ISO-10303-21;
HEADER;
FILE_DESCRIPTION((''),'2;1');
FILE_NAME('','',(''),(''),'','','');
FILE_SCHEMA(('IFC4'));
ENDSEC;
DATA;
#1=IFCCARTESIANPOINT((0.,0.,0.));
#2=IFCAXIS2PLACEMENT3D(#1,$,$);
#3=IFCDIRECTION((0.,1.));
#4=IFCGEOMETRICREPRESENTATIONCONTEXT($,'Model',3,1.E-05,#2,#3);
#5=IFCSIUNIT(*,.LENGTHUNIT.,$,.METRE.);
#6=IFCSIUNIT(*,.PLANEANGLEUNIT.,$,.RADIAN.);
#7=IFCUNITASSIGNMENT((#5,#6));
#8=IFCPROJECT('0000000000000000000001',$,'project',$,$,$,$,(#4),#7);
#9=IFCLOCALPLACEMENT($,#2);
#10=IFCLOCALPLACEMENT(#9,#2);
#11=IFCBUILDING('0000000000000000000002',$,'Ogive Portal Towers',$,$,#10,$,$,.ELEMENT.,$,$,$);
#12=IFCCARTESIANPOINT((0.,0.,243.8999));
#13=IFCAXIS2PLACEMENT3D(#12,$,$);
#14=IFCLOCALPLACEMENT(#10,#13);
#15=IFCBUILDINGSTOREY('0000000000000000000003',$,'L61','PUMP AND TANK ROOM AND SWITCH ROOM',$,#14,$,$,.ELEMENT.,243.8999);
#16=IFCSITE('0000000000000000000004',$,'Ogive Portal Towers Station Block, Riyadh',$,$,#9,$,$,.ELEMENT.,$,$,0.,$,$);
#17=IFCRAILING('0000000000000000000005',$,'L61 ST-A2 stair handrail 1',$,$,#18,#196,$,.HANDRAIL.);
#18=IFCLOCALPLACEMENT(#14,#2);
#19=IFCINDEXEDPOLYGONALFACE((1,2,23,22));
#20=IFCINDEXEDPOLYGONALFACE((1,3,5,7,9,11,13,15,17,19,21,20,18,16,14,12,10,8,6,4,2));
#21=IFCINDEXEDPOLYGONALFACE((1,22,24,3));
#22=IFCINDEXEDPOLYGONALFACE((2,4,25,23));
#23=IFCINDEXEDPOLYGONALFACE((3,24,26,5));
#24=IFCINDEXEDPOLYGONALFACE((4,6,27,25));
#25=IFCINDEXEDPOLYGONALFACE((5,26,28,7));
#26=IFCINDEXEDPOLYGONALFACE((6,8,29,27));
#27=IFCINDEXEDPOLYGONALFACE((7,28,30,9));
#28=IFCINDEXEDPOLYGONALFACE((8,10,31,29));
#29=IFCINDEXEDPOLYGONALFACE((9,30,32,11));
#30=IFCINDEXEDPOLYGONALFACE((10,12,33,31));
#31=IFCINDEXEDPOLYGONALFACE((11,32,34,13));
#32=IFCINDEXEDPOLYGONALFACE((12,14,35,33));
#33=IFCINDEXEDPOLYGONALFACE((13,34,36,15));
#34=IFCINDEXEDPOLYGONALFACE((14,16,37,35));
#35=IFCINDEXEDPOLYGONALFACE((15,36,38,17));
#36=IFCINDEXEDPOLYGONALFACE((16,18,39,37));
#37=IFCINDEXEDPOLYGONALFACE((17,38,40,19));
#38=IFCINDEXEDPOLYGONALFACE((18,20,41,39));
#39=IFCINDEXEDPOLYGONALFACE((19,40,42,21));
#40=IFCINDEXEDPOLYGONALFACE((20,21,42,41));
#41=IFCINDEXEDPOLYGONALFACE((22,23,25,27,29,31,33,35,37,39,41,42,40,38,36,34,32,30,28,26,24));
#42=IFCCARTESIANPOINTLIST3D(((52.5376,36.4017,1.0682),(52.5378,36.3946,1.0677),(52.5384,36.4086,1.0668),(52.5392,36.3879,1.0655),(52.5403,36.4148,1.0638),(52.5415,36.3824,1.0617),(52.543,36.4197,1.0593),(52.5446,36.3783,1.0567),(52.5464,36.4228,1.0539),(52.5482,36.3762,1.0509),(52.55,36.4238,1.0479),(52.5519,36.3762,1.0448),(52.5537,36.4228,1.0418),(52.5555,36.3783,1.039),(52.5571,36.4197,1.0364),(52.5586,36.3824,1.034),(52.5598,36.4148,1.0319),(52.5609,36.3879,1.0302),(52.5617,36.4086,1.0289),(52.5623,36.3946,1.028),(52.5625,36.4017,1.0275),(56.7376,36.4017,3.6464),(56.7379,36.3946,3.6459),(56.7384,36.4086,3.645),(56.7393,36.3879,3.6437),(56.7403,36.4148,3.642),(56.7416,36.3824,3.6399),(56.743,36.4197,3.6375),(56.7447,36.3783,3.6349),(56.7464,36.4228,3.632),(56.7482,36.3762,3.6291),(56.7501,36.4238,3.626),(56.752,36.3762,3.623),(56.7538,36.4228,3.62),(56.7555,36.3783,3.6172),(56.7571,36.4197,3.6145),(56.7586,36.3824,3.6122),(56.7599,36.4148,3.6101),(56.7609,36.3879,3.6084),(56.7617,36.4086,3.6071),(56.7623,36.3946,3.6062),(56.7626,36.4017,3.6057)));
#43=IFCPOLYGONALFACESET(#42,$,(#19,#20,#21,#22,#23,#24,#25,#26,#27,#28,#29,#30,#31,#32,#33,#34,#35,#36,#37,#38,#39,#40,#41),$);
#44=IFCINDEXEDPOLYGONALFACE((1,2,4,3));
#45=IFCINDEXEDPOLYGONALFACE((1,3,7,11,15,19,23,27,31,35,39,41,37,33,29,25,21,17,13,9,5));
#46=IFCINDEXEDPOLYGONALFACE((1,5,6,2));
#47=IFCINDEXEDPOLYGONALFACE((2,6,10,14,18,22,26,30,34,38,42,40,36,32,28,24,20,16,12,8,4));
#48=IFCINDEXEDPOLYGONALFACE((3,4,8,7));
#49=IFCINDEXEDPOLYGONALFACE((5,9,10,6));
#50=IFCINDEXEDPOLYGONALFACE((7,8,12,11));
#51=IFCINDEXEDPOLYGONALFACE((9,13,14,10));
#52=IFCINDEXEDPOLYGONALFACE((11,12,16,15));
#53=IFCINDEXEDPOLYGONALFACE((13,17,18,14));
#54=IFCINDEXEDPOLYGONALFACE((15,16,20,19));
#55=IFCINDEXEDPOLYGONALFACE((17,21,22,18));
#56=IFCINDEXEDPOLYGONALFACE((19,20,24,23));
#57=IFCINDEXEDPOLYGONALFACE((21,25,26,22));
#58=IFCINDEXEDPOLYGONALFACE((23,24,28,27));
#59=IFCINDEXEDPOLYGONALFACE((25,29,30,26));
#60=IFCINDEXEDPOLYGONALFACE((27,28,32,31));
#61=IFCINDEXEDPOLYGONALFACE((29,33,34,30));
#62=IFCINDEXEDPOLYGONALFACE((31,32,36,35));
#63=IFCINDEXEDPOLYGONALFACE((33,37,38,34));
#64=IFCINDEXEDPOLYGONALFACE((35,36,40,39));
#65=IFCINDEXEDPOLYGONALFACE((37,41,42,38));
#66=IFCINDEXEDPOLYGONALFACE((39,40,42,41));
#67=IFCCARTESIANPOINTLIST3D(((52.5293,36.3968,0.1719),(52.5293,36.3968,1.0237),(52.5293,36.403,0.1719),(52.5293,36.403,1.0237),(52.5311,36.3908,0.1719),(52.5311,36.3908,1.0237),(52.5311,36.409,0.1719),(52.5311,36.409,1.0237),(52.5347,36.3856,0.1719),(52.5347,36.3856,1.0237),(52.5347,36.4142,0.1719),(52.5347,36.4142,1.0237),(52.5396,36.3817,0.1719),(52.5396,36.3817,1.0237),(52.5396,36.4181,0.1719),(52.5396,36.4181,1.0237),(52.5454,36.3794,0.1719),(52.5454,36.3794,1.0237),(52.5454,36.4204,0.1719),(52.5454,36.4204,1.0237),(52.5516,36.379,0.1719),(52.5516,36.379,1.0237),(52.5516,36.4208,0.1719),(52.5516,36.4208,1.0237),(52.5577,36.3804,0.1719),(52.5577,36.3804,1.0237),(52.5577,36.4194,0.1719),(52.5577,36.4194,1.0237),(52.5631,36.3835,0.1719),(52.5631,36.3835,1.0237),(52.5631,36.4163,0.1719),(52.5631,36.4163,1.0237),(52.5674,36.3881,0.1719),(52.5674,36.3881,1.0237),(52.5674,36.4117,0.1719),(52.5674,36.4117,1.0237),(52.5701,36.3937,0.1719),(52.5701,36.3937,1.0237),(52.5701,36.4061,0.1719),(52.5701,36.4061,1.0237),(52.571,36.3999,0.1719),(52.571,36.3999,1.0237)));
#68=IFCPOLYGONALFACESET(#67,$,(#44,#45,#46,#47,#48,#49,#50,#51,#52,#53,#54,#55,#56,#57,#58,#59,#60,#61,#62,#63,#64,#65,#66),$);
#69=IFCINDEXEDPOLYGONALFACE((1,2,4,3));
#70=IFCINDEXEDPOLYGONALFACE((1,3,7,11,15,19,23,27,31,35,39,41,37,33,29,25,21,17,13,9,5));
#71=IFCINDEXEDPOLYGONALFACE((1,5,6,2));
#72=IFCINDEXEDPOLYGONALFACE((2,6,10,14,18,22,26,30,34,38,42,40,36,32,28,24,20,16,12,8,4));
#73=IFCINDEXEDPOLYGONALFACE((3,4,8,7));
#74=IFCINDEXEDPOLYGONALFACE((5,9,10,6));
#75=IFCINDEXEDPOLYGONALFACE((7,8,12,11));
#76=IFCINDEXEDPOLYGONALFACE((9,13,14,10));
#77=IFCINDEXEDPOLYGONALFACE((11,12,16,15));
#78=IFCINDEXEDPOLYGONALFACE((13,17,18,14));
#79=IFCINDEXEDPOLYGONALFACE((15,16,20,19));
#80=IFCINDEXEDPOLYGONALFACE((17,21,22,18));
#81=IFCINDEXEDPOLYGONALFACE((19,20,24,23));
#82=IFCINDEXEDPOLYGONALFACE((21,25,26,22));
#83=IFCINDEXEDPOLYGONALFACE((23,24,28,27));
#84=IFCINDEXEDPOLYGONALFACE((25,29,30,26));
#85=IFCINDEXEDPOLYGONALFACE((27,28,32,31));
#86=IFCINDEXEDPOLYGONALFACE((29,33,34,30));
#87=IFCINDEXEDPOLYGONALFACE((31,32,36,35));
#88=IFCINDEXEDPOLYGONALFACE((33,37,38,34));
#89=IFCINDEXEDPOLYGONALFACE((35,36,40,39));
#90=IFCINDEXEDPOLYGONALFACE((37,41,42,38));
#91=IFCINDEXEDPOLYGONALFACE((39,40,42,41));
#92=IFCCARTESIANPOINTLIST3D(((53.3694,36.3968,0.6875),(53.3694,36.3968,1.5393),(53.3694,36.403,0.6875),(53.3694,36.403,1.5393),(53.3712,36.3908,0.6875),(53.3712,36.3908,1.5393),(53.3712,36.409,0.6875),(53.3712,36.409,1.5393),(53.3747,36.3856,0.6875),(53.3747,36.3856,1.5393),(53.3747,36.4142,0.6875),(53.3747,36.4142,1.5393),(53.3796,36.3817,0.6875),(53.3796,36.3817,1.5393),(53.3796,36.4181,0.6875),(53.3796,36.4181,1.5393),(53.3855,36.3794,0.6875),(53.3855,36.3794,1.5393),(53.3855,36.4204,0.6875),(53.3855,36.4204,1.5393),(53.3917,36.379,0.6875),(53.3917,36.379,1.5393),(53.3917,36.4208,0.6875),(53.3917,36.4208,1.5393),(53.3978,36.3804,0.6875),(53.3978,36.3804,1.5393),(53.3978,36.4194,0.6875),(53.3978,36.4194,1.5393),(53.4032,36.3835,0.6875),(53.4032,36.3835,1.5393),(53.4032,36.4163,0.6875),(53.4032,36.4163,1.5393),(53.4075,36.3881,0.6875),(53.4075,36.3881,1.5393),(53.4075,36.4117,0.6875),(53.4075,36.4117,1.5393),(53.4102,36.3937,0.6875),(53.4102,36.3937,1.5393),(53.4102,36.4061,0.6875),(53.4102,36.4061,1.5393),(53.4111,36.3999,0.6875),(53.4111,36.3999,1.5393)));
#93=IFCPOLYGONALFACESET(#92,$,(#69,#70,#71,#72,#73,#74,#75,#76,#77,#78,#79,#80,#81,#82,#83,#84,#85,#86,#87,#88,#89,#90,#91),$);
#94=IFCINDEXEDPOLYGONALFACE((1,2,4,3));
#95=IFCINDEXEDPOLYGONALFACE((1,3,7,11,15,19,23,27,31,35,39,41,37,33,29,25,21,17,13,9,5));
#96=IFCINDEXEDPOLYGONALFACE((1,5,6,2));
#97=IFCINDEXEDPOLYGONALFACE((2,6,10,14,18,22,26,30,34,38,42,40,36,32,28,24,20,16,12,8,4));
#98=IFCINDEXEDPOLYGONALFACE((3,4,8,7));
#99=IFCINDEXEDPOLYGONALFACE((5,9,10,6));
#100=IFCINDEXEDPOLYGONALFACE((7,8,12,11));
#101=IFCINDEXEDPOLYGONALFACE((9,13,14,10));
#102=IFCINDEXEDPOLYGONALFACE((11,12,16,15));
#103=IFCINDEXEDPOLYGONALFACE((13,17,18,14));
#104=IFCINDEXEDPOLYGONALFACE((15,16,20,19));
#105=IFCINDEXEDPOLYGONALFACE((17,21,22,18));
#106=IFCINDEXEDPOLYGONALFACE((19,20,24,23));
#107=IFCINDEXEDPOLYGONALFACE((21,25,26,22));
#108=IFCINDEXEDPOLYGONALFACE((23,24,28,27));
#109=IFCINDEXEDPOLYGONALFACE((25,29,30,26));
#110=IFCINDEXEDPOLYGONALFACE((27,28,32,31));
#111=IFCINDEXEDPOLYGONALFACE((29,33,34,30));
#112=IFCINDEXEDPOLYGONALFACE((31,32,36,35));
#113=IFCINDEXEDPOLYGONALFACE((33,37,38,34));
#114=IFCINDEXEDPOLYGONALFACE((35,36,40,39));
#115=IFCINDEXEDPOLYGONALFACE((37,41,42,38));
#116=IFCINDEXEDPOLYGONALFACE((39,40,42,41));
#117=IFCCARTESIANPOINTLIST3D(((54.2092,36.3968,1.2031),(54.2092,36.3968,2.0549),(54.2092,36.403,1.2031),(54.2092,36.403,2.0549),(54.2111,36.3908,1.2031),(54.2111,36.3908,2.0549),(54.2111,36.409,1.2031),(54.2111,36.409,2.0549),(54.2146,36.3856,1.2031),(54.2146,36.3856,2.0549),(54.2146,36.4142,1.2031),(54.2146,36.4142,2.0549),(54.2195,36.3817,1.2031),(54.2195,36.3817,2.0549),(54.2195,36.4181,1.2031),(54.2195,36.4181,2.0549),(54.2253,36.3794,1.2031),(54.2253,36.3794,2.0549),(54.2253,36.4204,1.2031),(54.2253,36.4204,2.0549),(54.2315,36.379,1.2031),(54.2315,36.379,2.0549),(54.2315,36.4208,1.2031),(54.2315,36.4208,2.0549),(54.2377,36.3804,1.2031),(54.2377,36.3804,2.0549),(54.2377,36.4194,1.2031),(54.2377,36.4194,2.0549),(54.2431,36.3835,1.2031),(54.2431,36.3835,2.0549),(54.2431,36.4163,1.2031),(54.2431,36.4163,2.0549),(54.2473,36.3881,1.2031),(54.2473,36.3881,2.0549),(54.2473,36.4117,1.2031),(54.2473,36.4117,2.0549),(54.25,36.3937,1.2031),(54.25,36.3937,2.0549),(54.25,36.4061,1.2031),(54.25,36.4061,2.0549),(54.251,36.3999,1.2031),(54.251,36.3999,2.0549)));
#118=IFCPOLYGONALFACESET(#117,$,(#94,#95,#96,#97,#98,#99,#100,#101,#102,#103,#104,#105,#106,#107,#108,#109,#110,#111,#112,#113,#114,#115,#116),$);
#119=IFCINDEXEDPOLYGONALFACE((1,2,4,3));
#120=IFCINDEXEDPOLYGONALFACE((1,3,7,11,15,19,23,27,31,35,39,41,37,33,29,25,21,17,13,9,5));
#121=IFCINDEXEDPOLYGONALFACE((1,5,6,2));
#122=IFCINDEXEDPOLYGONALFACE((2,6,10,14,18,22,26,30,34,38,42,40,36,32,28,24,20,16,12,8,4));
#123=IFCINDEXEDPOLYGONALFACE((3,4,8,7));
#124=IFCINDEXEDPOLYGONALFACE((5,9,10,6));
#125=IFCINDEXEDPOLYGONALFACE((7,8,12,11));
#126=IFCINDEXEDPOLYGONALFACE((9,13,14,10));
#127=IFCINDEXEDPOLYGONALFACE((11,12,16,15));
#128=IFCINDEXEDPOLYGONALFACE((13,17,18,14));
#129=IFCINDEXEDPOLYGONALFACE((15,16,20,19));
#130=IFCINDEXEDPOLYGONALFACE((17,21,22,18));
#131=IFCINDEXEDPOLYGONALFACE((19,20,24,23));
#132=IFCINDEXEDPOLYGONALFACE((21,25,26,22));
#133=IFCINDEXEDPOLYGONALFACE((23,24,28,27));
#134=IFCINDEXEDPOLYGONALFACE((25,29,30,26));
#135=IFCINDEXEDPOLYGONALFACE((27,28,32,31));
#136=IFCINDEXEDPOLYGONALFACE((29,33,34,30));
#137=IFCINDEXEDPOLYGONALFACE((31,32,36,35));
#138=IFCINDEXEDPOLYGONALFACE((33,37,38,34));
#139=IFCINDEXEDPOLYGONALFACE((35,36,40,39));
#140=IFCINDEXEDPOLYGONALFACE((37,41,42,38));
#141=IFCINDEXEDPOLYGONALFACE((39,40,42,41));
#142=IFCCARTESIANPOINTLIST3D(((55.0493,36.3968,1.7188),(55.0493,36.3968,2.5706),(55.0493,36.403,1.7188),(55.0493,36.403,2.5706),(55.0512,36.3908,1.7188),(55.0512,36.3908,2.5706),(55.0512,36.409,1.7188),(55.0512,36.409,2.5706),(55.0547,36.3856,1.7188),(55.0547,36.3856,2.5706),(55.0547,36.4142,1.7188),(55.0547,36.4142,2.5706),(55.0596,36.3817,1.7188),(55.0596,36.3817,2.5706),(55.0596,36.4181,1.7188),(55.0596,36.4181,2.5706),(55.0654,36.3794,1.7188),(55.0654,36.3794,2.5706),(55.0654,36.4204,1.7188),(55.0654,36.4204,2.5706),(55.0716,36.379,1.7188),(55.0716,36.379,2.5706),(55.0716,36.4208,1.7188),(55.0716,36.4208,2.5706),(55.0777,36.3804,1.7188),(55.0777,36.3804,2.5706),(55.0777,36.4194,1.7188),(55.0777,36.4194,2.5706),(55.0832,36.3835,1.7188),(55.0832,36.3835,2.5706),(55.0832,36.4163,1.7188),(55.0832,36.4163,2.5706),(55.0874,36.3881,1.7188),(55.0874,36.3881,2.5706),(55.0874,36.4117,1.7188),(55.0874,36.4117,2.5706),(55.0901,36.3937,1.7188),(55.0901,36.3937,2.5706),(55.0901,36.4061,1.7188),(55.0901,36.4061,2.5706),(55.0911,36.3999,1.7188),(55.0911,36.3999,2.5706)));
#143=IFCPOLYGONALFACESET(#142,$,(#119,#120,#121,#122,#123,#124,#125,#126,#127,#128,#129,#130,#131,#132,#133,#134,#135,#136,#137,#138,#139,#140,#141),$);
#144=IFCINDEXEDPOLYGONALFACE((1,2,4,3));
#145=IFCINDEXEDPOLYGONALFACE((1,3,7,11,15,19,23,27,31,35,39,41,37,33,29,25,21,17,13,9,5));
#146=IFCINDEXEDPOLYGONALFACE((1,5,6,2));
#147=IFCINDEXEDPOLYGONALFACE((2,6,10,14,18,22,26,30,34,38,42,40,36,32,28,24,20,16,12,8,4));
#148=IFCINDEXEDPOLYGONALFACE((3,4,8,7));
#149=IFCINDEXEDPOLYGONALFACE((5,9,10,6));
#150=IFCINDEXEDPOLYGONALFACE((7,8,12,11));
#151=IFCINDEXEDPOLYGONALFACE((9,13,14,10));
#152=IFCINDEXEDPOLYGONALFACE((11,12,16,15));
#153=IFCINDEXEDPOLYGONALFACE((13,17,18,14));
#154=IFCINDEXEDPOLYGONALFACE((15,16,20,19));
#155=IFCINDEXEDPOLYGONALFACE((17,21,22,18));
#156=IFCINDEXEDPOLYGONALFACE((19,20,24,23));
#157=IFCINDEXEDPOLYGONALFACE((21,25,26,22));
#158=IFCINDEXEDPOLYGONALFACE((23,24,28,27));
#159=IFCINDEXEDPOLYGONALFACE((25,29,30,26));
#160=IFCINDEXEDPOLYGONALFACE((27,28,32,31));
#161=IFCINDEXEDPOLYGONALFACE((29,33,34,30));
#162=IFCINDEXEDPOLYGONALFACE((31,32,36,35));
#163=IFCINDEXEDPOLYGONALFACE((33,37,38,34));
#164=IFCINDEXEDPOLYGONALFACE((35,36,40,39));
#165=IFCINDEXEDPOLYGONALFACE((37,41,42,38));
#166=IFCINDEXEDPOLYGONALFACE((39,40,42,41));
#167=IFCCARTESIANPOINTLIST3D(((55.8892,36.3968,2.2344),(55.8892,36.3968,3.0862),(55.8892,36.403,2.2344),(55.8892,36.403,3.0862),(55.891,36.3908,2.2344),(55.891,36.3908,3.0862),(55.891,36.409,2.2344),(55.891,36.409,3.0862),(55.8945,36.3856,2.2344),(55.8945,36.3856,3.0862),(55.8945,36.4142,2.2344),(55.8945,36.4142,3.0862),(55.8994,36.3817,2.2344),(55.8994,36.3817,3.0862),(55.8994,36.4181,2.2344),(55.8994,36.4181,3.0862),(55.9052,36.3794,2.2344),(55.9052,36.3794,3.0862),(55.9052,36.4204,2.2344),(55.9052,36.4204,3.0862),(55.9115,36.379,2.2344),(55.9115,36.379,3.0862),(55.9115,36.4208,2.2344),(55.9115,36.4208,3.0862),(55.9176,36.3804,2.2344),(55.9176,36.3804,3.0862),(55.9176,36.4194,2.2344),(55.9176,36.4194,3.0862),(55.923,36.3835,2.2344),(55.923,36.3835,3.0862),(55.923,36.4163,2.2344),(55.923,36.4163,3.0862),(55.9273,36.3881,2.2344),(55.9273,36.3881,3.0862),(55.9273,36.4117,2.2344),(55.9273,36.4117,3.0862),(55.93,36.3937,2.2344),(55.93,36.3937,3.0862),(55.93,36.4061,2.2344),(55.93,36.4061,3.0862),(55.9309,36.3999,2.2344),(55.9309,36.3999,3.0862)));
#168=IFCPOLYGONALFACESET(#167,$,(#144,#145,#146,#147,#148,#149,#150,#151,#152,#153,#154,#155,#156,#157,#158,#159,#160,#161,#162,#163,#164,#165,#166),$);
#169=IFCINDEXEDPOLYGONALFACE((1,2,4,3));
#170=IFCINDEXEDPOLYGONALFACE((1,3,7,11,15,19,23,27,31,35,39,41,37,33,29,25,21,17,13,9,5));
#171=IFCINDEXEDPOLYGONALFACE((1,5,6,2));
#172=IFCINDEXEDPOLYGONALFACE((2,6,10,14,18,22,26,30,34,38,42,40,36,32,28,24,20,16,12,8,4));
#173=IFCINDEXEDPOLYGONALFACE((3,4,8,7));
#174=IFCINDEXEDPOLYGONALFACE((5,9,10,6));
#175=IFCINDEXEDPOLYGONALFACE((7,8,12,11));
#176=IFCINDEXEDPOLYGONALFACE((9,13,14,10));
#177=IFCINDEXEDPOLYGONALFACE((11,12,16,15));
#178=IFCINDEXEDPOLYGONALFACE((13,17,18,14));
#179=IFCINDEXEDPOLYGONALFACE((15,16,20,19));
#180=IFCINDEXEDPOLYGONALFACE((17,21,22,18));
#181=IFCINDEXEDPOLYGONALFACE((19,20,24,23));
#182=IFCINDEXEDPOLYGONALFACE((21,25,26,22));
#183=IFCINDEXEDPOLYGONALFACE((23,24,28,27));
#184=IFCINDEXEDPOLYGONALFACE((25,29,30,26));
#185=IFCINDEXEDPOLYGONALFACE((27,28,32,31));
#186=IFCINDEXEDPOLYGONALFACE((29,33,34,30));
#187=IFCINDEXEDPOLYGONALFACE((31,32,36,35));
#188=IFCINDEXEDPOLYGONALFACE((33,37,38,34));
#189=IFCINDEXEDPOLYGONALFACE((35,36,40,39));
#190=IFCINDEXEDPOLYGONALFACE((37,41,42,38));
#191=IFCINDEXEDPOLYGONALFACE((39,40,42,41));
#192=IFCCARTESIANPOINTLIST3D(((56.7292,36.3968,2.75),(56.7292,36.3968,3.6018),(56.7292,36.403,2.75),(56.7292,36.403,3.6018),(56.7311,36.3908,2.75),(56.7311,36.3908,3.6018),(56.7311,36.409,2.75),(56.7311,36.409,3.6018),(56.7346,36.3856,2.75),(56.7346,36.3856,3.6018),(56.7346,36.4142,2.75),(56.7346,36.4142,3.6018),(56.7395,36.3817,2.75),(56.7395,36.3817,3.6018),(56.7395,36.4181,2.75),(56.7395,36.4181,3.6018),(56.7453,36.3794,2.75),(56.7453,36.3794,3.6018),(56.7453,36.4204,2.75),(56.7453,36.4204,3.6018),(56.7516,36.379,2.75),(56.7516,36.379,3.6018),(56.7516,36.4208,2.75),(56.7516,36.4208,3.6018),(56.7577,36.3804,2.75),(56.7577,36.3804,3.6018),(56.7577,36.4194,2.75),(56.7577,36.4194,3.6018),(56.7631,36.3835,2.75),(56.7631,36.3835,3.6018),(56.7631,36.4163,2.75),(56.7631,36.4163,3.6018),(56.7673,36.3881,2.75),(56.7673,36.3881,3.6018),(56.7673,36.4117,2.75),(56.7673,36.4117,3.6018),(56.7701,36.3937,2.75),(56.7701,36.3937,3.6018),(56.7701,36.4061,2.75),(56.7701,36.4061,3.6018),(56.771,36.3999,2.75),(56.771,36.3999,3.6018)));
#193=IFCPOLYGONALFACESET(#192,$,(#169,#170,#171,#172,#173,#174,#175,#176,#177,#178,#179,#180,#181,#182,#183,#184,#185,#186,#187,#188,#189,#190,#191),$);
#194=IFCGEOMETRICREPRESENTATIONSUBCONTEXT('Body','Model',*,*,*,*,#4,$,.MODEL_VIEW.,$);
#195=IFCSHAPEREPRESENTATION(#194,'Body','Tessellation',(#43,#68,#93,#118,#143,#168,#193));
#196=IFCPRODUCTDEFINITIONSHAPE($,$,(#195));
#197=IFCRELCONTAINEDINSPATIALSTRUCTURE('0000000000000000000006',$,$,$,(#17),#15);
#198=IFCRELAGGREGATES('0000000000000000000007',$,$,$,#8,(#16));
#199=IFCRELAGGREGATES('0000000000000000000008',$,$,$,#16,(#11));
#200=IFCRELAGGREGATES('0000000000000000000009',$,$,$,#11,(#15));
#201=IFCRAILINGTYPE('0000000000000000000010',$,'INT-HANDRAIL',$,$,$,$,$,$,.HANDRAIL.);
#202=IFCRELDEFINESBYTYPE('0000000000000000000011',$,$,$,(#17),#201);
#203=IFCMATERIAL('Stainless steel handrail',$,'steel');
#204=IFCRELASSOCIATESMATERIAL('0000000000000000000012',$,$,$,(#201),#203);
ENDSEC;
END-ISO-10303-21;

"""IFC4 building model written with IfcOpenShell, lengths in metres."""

from ifc_helpers import new_model, si_unit, direction, frame, origin, origin_2d, place, context, subcontext, project, spatial, circle, extrude, material, type_object, element, save


model = new_model("IFC4")

# Units and contexts
model_context = context("Model", 3, precision=1e-05, world=origin(), true_north=direction((0.0, 1.0)))
body_context = subcontext(model_context, "Body", "Model", "MODEL_VIEW")
ifc_project = project(units=[si_unit("LENGTHUNIT", "METRE"), si_unit("PLANEANGLEUNIT", "RADIAN")], contexts=[model_context])

# Site, building, storey
site_placement = place(None, origin())
site = spatial("IfcSite", under=ifc_project, at=site_placement, Name="Ogive Portal Towers Station Block, Riyadh", CompositionType="ELEMENT", RefElevation=0.0)
building_placement = place(site_placement, origin())
building = spatial("IfcBuilding", under=site, at=building_placement, Name="Ogive Portal Towers", CompositionType="ELEMENT")
storey_placement = place(building_placement, frame((0.0, 0.0, 243.8999)))
storey = spatial("IfcBuildingStorey", under=building, at=storey_placement, Name="L61", Description="PUMP AND TANK ROOM AND SWITCH ROOM", CompositionType="ELEMENT", Elevation=243.8999)

# Railing
ifc_material_1 = material(Name="Stainless steel handrail", Category="steel")
railing_type_1 = type_object("IfcRailingType", Name="INT-HANDRAIL", PredefinedType="HANDRAIL", material=ifc_material_1)
railing_1_placement = place(storey_placement, frame((52.55, 36.3999, 0.1719)))
element("IfcRailing", 1, at=railing_1_placement, inside=storey, type_object=railing_type_1, Name="L61 ST-A2 stair handrail 1", PredefinedType="HANDRAIL", context=body_context, shape_type="SweptSolid", body=[
    extrude(circle(Radius=0.0239, at=origin_2d()), frame((0.0, 0.0, 0.876), z_axis=(0.852243, 0.0, 0.523146), x_axis=(0.0, 1.0, 0.0)), (0.0, 0.0, 1.0), 4.9282),
    extrude(circle(Radius=0.021, at=origin_2d()), origin(), (0.0, 0.0, 1.0), 0.8518),
    extrude(circle(Radius=0.021, at=origin_2d()), frame((0.8401, 0.0, 0.5156)), (0.0, 0.0, 1.0), 0.8518),
    extrude(circle(Radius=0.021, at=origin_2d()), frame((1.6799, 0.0, 1.0312)), (0.0, 0.0, 1.0), 0.8518),
    extrude(circle(Radius=0.021, at=origin_2d()), frame((2.52, 0.0, 1.5469)), (0.0, 0.0, 1.0), 0.8518),
    extrude(circle(Radius=0.021, at=origin_2d()), frame((3.3599, 0.0, 2.0625)), (0.0, 0.0, 1.0), 0.8518),
    extrude(circle(Radius=0.021, at=origin_2d()), frame((4.2, 0.0, 2.5781)), (0.0, 0.0, 1.0), 0.8518),
])

save(model, "model.ifc")
